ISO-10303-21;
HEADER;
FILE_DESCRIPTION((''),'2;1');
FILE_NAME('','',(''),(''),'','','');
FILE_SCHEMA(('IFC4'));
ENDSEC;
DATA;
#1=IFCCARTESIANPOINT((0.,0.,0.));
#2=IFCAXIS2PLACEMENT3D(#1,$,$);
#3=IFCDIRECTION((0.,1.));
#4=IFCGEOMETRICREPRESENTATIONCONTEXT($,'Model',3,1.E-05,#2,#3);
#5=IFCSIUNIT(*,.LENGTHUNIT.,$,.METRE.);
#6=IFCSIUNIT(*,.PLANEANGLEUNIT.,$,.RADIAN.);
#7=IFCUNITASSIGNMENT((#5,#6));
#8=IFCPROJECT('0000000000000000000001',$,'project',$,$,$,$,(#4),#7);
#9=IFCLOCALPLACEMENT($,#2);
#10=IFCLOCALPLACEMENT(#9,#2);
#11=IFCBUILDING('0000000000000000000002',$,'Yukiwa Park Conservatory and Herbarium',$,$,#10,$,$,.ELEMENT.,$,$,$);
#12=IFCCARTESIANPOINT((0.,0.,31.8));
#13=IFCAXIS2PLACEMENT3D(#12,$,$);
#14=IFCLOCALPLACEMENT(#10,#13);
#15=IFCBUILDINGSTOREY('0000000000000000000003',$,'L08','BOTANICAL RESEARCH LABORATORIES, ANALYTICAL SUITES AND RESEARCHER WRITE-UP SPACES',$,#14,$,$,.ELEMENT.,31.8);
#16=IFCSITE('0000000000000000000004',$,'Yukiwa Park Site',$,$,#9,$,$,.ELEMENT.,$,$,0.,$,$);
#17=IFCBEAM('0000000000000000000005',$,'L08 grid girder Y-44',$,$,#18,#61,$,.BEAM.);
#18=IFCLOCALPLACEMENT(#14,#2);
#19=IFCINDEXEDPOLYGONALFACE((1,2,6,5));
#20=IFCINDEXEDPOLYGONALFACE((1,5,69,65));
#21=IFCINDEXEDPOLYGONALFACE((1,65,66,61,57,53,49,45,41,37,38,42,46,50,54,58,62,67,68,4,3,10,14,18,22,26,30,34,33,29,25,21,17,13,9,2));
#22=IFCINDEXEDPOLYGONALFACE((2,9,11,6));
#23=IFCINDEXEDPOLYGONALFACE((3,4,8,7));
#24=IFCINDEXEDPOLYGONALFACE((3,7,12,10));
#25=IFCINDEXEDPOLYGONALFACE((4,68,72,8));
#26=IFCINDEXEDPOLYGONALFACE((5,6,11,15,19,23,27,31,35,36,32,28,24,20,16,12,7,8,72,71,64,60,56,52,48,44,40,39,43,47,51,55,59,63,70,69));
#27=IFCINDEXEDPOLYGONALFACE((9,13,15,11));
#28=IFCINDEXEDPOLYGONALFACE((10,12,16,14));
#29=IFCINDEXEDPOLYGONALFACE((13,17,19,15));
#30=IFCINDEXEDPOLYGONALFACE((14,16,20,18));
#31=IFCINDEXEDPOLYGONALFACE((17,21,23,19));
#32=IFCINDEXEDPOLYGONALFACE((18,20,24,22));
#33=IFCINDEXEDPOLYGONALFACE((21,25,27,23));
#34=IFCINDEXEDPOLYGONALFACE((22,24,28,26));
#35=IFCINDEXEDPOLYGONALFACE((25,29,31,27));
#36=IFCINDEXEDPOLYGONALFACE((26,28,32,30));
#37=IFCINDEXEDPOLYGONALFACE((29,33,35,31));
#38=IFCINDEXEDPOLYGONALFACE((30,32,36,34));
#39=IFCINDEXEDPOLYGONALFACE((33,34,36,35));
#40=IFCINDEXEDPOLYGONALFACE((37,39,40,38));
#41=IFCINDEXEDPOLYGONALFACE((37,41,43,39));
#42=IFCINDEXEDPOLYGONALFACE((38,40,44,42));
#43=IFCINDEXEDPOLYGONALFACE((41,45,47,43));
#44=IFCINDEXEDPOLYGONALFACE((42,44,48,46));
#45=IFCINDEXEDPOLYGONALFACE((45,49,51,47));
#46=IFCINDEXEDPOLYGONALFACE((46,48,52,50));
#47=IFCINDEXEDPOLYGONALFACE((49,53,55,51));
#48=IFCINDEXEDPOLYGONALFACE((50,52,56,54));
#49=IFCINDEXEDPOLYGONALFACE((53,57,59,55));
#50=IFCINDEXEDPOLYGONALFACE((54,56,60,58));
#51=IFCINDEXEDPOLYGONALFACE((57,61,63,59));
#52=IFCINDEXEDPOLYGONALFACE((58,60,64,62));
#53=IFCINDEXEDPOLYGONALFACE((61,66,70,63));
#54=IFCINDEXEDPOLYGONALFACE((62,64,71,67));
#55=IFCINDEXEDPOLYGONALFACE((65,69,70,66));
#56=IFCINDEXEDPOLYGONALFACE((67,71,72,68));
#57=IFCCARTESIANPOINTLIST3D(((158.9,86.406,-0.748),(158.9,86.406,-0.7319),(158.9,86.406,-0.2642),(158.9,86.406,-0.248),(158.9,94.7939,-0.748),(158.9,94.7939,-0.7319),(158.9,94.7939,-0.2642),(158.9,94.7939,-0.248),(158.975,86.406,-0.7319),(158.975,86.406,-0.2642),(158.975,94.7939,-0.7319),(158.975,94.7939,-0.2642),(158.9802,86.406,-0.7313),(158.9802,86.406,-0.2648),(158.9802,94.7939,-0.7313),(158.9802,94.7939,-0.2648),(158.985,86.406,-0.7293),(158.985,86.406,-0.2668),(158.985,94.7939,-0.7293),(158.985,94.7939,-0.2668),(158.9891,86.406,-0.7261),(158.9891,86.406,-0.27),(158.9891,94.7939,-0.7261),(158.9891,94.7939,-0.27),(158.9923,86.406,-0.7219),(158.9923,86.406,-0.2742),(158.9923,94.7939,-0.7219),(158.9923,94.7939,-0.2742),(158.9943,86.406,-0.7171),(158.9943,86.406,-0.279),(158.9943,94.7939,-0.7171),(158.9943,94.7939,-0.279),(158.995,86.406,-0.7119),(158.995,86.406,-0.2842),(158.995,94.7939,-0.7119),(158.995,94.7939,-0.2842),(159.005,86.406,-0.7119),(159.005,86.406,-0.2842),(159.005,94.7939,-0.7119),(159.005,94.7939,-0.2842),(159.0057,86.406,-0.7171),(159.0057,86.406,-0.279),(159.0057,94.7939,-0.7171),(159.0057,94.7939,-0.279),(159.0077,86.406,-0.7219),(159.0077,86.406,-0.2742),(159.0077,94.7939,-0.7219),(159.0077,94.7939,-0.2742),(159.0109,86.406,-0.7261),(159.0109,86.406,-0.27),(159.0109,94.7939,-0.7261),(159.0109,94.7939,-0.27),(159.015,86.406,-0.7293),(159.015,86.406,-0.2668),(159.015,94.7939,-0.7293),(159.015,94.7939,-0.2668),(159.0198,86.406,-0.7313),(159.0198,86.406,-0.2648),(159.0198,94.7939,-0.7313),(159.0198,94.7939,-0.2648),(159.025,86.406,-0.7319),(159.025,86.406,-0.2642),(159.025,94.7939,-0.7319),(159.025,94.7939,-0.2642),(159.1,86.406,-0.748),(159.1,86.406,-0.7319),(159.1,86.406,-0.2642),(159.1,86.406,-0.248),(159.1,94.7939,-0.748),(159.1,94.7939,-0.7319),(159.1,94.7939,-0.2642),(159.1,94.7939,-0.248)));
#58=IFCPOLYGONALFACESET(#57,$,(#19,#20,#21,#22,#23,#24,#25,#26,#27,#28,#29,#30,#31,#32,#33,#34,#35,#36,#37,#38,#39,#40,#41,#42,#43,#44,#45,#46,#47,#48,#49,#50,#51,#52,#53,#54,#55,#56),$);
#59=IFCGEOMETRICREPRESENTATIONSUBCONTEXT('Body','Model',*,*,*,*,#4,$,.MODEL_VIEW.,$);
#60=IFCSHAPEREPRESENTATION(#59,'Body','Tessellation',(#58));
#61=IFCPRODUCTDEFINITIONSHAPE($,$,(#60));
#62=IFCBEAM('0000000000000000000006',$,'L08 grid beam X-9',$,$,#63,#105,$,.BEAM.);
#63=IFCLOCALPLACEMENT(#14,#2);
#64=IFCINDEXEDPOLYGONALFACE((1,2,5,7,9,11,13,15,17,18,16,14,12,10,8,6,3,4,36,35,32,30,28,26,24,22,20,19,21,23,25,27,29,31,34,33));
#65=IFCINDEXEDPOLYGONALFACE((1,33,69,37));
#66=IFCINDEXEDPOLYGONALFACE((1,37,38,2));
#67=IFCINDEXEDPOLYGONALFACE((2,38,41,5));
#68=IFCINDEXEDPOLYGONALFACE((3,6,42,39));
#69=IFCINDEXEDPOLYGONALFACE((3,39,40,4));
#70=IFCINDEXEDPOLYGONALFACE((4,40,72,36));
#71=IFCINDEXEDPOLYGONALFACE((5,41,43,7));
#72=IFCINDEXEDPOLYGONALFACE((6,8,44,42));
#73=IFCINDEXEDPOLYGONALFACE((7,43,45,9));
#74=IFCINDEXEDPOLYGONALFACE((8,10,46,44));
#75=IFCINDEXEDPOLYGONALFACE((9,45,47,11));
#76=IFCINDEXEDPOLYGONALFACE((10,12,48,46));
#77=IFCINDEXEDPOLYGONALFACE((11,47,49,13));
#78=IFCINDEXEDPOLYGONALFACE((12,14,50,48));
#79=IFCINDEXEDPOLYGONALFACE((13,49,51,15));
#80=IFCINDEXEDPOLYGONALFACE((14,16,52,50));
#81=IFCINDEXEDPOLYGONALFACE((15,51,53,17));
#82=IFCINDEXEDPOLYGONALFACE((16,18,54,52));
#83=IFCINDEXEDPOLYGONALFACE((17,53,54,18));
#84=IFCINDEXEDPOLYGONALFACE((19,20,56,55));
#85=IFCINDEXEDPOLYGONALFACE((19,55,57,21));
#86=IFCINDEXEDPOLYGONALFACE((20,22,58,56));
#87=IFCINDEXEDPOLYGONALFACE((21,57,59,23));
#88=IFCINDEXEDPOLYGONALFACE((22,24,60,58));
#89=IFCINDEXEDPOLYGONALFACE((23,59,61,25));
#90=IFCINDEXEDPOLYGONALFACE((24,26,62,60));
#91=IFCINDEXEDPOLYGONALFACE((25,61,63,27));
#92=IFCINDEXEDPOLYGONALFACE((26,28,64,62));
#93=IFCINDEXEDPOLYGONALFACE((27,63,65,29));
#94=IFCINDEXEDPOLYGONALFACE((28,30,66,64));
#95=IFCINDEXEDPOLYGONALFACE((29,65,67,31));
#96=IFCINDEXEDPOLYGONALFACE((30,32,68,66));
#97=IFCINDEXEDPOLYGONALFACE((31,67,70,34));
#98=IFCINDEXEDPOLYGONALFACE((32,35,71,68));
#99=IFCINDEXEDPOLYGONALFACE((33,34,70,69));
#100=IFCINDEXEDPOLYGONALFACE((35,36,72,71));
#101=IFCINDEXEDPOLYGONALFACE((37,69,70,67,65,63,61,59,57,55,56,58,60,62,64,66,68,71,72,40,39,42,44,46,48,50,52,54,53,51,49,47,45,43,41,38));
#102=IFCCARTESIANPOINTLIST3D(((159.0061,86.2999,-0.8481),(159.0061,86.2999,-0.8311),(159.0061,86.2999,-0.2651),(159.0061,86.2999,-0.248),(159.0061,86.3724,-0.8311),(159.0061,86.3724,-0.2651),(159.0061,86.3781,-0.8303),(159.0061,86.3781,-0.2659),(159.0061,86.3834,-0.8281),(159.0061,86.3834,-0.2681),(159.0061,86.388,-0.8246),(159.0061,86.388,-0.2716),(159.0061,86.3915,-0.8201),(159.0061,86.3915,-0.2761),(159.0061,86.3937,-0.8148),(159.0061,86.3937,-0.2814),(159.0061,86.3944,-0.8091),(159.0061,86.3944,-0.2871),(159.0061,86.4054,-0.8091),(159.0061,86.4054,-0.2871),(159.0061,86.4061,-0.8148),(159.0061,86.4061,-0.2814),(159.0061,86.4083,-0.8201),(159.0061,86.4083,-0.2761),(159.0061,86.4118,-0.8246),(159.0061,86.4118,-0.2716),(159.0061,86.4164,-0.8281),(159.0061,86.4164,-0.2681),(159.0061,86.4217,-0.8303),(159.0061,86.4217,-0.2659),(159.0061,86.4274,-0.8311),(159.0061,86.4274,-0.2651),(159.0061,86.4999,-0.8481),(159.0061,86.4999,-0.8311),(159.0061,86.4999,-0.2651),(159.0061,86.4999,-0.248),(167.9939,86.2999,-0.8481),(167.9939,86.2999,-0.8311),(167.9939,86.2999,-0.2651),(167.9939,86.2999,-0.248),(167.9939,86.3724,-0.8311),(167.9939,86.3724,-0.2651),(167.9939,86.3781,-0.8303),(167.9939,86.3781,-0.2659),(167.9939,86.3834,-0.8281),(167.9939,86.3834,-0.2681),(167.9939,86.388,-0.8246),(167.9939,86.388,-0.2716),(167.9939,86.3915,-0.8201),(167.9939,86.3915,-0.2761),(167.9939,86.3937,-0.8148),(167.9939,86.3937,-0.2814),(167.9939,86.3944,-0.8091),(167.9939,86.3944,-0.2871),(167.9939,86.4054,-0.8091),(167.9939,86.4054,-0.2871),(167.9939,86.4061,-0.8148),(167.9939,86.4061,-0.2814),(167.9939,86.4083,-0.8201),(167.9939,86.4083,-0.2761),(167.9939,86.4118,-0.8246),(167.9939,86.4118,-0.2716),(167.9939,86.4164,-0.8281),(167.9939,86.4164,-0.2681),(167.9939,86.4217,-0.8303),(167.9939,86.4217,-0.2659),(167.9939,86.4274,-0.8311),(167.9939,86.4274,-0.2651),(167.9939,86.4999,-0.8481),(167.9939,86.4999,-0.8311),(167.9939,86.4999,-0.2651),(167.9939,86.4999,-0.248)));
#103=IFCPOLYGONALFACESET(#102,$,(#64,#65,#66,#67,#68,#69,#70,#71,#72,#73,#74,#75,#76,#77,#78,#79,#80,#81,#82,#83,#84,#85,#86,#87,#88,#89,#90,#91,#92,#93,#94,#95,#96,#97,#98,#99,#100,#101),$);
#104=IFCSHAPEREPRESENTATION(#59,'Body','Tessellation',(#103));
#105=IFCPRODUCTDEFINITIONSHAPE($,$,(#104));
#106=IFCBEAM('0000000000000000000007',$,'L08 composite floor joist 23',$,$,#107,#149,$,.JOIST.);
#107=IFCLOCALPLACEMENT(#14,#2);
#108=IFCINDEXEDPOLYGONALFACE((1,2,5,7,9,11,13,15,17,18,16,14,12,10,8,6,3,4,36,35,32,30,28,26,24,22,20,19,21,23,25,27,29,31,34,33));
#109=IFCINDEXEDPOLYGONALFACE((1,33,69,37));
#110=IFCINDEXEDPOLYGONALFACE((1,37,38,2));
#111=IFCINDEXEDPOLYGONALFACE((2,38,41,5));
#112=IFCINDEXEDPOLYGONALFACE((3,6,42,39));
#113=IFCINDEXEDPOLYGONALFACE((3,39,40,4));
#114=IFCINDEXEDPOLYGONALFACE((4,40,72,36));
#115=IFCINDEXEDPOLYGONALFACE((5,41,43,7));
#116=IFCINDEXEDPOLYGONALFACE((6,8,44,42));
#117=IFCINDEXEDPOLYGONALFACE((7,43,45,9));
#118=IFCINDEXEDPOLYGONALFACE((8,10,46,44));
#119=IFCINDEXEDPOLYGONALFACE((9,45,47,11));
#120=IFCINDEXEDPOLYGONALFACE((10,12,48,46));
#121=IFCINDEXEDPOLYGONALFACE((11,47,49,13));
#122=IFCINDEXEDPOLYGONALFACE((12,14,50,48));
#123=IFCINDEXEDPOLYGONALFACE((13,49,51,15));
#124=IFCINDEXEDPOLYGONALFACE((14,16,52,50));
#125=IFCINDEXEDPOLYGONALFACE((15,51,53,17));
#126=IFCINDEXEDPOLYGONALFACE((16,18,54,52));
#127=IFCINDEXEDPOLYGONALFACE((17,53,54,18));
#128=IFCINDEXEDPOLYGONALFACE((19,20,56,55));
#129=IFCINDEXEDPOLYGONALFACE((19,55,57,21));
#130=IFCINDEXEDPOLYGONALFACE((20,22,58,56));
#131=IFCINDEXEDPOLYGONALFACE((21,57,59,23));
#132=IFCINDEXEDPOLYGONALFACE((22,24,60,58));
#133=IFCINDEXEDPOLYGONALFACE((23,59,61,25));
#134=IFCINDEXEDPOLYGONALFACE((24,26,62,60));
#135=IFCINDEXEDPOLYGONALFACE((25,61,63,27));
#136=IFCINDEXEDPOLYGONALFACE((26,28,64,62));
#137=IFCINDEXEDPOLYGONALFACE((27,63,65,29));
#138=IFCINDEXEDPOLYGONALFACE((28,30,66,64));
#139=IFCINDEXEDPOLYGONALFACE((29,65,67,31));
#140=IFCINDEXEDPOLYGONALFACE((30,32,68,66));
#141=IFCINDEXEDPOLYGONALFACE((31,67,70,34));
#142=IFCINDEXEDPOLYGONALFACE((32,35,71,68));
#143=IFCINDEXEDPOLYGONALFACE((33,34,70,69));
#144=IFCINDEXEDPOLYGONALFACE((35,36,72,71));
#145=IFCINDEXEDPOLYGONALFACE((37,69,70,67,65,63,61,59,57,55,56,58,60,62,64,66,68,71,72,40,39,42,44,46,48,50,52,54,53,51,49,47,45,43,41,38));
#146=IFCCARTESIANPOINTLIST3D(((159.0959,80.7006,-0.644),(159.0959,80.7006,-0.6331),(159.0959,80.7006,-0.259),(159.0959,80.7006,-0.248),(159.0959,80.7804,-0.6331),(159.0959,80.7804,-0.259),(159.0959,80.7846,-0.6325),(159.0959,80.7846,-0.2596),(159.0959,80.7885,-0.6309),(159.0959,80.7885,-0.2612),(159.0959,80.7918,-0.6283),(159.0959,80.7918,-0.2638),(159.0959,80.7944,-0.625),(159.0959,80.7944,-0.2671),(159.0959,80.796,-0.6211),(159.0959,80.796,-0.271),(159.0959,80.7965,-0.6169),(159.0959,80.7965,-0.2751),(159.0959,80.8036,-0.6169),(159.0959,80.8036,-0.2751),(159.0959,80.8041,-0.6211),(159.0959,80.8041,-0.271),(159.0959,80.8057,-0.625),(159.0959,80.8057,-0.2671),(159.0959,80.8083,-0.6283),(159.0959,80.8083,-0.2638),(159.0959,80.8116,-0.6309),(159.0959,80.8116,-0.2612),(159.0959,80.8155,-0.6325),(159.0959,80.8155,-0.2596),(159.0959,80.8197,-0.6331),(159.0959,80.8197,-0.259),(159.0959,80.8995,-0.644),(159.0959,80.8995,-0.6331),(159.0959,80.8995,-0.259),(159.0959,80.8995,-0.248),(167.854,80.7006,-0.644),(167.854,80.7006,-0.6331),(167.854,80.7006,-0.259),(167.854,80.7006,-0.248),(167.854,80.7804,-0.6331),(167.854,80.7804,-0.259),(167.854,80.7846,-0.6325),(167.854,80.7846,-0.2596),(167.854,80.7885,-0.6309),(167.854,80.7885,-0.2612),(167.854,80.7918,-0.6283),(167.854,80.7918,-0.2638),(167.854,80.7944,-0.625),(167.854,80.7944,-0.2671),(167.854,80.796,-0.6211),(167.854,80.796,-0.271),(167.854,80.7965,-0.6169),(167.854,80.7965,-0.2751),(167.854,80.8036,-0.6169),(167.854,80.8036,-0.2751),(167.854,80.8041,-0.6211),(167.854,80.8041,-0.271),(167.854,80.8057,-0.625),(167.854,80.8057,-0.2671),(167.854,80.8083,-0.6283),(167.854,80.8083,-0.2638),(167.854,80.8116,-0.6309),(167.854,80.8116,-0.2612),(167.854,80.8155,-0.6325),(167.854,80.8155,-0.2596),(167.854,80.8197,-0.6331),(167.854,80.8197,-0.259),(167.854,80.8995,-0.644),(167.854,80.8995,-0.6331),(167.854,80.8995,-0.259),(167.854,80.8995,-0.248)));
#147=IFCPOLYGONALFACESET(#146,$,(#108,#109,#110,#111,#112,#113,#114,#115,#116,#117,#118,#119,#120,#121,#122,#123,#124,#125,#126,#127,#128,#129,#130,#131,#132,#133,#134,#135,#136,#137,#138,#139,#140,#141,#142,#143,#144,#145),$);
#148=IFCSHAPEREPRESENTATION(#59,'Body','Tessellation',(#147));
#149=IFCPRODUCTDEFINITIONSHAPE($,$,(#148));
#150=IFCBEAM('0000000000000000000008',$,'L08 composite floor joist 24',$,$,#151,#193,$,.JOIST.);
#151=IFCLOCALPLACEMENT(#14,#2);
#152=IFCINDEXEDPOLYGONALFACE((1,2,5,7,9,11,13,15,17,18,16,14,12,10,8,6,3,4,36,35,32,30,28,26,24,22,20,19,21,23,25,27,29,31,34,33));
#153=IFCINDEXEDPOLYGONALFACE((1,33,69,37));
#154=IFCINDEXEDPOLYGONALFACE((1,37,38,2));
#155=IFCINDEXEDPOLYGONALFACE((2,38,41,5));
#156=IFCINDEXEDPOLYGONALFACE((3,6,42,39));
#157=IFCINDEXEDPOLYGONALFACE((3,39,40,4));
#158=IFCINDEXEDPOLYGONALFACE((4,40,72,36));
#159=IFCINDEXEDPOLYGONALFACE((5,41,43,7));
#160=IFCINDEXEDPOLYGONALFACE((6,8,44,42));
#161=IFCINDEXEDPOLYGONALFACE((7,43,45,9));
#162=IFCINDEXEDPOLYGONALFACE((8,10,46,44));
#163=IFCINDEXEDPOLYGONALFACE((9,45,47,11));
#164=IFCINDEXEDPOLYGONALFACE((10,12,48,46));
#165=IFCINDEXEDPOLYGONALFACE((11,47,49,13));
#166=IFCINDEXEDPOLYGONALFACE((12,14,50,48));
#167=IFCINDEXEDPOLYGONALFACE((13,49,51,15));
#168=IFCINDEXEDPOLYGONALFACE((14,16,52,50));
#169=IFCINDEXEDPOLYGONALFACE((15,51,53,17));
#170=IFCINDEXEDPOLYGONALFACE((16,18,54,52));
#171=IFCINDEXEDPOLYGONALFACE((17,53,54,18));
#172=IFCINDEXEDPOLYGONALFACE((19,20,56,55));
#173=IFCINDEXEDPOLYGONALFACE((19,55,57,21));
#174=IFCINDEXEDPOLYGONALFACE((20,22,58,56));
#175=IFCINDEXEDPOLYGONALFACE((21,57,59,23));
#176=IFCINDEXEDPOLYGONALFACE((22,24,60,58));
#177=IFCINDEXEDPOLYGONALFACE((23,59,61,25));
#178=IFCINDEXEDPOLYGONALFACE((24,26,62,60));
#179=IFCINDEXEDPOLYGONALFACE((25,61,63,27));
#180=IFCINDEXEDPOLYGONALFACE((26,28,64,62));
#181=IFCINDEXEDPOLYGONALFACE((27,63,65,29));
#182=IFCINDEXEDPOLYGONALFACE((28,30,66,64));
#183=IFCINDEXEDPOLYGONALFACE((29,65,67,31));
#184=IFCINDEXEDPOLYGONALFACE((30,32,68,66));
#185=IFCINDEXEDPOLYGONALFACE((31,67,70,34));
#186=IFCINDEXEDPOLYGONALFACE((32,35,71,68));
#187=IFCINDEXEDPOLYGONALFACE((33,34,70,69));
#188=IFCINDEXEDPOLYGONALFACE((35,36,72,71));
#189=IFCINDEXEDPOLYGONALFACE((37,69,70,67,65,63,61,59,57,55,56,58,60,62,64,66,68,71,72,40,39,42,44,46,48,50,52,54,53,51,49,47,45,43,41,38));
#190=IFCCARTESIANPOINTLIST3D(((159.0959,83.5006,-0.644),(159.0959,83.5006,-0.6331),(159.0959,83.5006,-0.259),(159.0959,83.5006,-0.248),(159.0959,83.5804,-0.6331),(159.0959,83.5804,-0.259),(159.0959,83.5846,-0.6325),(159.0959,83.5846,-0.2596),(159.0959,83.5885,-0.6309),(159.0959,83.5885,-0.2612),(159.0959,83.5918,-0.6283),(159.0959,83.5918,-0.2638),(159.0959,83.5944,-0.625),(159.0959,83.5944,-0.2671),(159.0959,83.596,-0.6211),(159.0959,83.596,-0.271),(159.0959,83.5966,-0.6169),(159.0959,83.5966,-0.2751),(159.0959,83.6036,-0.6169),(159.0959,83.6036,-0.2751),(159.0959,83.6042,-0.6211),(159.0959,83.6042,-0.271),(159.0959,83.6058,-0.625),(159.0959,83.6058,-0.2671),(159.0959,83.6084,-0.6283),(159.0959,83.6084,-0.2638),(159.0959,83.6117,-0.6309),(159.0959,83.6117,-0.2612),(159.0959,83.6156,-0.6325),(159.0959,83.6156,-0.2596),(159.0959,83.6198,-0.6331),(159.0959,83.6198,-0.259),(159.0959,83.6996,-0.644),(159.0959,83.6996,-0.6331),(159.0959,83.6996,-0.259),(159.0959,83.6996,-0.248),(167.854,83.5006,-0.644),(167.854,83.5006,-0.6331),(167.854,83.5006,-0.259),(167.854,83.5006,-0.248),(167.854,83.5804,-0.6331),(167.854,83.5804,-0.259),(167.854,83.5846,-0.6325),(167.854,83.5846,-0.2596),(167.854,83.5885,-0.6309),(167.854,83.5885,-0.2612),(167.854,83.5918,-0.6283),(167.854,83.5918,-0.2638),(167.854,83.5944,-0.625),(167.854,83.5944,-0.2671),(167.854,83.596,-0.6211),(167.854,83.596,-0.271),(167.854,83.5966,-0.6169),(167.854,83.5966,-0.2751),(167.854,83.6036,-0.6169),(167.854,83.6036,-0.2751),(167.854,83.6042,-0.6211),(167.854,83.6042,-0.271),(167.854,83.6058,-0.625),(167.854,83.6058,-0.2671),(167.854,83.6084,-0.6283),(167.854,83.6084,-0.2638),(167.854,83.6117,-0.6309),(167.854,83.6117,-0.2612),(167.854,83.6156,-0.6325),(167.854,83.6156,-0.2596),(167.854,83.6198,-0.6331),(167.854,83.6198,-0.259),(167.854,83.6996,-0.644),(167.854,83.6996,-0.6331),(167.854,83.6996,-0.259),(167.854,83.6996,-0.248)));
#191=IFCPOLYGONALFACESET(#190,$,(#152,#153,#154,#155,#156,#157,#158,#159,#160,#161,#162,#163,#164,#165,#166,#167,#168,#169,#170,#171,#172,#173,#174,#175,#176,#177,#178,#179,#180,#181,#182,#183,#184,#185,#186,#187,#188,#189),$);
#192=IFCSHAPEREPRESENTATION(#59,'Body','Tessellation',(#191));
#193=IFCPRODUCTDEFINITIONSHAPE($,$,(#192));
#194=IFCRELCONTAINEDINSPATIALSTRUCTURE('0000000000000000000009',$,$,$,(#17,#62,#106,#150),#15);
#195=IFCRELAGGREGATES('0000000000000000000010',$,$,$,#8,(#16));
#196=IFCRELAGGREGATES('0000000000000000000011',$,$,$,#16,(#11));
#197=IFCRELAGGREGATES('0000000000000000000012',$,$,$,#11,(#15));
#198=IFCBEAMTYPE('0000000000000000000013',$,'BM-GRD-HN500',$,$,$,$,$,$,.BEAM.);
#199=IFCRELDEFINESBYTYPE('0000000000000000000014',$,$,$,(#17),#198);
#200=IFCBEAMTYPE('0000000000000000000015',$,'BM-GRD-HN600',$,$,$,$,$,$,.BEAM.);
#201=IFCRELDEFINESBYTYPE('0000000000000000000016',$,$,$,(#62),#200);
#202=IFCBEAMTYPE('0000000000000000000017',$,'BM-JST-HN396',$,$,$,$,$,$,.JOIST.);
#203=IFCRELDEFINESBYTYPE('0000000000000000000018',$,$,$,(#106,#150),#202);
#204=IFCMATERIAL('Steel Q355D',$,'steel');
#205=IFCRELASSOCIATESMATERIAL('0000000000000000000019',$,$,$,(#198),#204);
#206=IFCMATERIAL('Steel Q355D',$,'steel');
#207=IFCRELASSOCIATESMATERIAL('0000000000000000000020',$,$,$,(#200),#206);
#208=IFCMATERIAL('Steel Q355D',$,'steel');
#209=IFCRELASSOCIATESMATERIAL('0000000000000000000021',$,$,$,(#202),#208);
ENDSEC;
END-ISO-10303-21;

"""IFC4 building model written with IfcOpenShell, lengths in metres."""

from ifc_helpers import new_model, si_unit, direction, frame, origin, origin_2d, place, context, subcontext, project, spatial, i_section, extrude, material, material_profile, profile_set, type_object, element, save


model = new_model("IFC4")

# Units and contexts
model_context = context("Model", 3, precision=1e-05, world=origin(), true_north=direction((0.0, 1.0)))
body_context = subcontext(model_context, "Body", "Model", "MODEL_VIEW")
ifc_project = project(units=[si_unit("LENGTHUNIT", "METRE"), si_unit("PLANEANGLEUNIT", "RADIAN")], contexts=[model_context])

# Site, building, storey
site_placement = place(None, origin())
site = spatial("IfcSite", under=ifc_project, at=site_placement, Name="Yukiwa Park Site", CompositionType="ELEMENT", RefElevation=0.0)
building_placement = place(site_placement, origin())
building = spatial("IfcBuilding", under=site, at=building_placement, Name="Yukiwa Park Conservatory and Herbarium", CompositionType="ELEMENT")
storey_placement = place(building_placement, frame((0.0, 0.0, 31.8)))
storey = spatial("IfcBuildingStorey", under=building, at=storey_placement, Name="L08", Description="BOTANICAL RESEARCH LABORATORIES, ANALYTICAL SUITES AND RESEARCHER WRITE-UP SPACES", CompositionType="ELEMENT", Elevation=31.8)

# Beams
ifc_material_1 = material(Name="Steel Q355D", Category="steel")
ifc_material_profile_1 = material_profile(ifc_material_1, i_section(OverallWidth=0.2, OverallDepth=0.5, WebThickness=0.01, FlangeThickness=0.0161, FilletRadius=0.02, at=origin_2d()), Name="HN 500x200x10x16")
ifc_profile_set_1 = profile_set([ifc_material_profile_1], Name="Steel Q355D")
beam_type_1 = type_object("IfcBeamType", Name="BM-GRD-HN500", PredefinedType="BEAM", material=ifc_profile_set_1)
for number, where, z_axis, x_axis, name in (
    (1, (159.0, 86.406, -0.498), (0.0, 1.0, 0.0), (-1.0, 0.0, 0.0), "L08 grid girder Y-44"),
):
    element("IfcBeam", number, at=place(storey_placement, frame(where, z_axis=z_axis, x_axis=x_axis)), inside=storey, type_object=beam_type_1, Name=name, PredefinedType="BEAM", context=body_context, shape_type="SweptSolid", body=[
        extrude(i_section(OverallWidth=0.2, OverallDepth=0.5, WebThickness=0.01, FlangeThickness=0.0161, FilletRadius=0.02, at=origin_2d()), origin(), (0.0, 0.0, 1.0), 8.3879),
    ])
ifc_material_2 = material(Name="Steel Q355D", Category="steel")
ifc_material_profile_2 = material_profile(ifc_material_2, i_section(OverallWidth=0.2, OverallDepth=0.6001, WebThickness=0.011, FlangeThickness=0.0171, FilletRadius=0.022, at=origin_2d()), Name="HN 600x200x11x17")
ifc_profile_set_2 = profile_set([ifc_material_profile_2], Name="Steel Q355D")
beam_type_2 = type_object("IfcBeamType", Name="BM-GRD-HN600", PredefinedType="BEAM", material=ifc_profile_set_2)
beam_1_placement = place(storey_placement, frame((159.0061, 86.3999, -0.5481), z_axis=(1.0, 0.0, 0.0), x_axis=(0.0, 1.0, 0.0)))
element("IfcBeam", 2, at=beam_1_placement, inside=storey, type_object=beam_type_2, Name="L08 grid beam X-9", PredefinedType="BEAM", context=body_context, shape_type="SweptSolid", body=[
    extrude(i_section(OverallWidth=0.2, OverallDepth=0.6001, WebThickness=0.011, FlangeThickness=0.0171, FilletRadius=0.022, at=origin_2d()), origin(), (0.0, 0.0, 1.0), 8.9878),
])
ifc_material_3 = material(Name="Steel Q355D", Category="steel")
ifc_material_profile_3 = material_profile(ifc_material_3, i_section(OverallWidth=0.199, OverallDepth=0.396, WebThickness=0.0071, FlangeThickness=0.011, FilletRadius=0.0161, at=origin_2d()), Name="HN 396x199x7x11")
ifc_profile_set_3 = profile_set([ifc_material_profile_3], Name="Steel Q355D")
beam_type_3 = type_object("IfcBeamType", Name="BM-JST-HN396", PredefinedType="JOIST", material=ifc_profile_set_3)
for number, where, z_axis, x_axis, name in (
    (3, (159.0959, 80.8, -0.446), (1.0, 0.0, 0.0), (0.0, 1.0, 0.0), "L08 composite floor joist 23"),
    (4, (159.0959, 83.6001, -0.446), (1.0, 0.0, 0.0), (0.0, 1.0, 0.0), "L08 composite floor joist 24"),
):
    element("IfcBeam", number, at=place(storey_placement, frame(where, z_axis=z_axis, x_axis=x_axis)), inside=storey, type_object=beam_type_3, Name=name, PredefinedType="JOIST", context=body_context, shape_type="SweptSolid", body=[
        extrude(i_section(OverallWidth=0.199, OverallDepth=0.396, WebThickness=0.0071, FlangeThickness=0.011, FilletRadius=0.0161, at=origin_2d()), origin(), (0.0, 0.0, 1.0), 8.7581),
    ])

save(model, "model.ifc")
